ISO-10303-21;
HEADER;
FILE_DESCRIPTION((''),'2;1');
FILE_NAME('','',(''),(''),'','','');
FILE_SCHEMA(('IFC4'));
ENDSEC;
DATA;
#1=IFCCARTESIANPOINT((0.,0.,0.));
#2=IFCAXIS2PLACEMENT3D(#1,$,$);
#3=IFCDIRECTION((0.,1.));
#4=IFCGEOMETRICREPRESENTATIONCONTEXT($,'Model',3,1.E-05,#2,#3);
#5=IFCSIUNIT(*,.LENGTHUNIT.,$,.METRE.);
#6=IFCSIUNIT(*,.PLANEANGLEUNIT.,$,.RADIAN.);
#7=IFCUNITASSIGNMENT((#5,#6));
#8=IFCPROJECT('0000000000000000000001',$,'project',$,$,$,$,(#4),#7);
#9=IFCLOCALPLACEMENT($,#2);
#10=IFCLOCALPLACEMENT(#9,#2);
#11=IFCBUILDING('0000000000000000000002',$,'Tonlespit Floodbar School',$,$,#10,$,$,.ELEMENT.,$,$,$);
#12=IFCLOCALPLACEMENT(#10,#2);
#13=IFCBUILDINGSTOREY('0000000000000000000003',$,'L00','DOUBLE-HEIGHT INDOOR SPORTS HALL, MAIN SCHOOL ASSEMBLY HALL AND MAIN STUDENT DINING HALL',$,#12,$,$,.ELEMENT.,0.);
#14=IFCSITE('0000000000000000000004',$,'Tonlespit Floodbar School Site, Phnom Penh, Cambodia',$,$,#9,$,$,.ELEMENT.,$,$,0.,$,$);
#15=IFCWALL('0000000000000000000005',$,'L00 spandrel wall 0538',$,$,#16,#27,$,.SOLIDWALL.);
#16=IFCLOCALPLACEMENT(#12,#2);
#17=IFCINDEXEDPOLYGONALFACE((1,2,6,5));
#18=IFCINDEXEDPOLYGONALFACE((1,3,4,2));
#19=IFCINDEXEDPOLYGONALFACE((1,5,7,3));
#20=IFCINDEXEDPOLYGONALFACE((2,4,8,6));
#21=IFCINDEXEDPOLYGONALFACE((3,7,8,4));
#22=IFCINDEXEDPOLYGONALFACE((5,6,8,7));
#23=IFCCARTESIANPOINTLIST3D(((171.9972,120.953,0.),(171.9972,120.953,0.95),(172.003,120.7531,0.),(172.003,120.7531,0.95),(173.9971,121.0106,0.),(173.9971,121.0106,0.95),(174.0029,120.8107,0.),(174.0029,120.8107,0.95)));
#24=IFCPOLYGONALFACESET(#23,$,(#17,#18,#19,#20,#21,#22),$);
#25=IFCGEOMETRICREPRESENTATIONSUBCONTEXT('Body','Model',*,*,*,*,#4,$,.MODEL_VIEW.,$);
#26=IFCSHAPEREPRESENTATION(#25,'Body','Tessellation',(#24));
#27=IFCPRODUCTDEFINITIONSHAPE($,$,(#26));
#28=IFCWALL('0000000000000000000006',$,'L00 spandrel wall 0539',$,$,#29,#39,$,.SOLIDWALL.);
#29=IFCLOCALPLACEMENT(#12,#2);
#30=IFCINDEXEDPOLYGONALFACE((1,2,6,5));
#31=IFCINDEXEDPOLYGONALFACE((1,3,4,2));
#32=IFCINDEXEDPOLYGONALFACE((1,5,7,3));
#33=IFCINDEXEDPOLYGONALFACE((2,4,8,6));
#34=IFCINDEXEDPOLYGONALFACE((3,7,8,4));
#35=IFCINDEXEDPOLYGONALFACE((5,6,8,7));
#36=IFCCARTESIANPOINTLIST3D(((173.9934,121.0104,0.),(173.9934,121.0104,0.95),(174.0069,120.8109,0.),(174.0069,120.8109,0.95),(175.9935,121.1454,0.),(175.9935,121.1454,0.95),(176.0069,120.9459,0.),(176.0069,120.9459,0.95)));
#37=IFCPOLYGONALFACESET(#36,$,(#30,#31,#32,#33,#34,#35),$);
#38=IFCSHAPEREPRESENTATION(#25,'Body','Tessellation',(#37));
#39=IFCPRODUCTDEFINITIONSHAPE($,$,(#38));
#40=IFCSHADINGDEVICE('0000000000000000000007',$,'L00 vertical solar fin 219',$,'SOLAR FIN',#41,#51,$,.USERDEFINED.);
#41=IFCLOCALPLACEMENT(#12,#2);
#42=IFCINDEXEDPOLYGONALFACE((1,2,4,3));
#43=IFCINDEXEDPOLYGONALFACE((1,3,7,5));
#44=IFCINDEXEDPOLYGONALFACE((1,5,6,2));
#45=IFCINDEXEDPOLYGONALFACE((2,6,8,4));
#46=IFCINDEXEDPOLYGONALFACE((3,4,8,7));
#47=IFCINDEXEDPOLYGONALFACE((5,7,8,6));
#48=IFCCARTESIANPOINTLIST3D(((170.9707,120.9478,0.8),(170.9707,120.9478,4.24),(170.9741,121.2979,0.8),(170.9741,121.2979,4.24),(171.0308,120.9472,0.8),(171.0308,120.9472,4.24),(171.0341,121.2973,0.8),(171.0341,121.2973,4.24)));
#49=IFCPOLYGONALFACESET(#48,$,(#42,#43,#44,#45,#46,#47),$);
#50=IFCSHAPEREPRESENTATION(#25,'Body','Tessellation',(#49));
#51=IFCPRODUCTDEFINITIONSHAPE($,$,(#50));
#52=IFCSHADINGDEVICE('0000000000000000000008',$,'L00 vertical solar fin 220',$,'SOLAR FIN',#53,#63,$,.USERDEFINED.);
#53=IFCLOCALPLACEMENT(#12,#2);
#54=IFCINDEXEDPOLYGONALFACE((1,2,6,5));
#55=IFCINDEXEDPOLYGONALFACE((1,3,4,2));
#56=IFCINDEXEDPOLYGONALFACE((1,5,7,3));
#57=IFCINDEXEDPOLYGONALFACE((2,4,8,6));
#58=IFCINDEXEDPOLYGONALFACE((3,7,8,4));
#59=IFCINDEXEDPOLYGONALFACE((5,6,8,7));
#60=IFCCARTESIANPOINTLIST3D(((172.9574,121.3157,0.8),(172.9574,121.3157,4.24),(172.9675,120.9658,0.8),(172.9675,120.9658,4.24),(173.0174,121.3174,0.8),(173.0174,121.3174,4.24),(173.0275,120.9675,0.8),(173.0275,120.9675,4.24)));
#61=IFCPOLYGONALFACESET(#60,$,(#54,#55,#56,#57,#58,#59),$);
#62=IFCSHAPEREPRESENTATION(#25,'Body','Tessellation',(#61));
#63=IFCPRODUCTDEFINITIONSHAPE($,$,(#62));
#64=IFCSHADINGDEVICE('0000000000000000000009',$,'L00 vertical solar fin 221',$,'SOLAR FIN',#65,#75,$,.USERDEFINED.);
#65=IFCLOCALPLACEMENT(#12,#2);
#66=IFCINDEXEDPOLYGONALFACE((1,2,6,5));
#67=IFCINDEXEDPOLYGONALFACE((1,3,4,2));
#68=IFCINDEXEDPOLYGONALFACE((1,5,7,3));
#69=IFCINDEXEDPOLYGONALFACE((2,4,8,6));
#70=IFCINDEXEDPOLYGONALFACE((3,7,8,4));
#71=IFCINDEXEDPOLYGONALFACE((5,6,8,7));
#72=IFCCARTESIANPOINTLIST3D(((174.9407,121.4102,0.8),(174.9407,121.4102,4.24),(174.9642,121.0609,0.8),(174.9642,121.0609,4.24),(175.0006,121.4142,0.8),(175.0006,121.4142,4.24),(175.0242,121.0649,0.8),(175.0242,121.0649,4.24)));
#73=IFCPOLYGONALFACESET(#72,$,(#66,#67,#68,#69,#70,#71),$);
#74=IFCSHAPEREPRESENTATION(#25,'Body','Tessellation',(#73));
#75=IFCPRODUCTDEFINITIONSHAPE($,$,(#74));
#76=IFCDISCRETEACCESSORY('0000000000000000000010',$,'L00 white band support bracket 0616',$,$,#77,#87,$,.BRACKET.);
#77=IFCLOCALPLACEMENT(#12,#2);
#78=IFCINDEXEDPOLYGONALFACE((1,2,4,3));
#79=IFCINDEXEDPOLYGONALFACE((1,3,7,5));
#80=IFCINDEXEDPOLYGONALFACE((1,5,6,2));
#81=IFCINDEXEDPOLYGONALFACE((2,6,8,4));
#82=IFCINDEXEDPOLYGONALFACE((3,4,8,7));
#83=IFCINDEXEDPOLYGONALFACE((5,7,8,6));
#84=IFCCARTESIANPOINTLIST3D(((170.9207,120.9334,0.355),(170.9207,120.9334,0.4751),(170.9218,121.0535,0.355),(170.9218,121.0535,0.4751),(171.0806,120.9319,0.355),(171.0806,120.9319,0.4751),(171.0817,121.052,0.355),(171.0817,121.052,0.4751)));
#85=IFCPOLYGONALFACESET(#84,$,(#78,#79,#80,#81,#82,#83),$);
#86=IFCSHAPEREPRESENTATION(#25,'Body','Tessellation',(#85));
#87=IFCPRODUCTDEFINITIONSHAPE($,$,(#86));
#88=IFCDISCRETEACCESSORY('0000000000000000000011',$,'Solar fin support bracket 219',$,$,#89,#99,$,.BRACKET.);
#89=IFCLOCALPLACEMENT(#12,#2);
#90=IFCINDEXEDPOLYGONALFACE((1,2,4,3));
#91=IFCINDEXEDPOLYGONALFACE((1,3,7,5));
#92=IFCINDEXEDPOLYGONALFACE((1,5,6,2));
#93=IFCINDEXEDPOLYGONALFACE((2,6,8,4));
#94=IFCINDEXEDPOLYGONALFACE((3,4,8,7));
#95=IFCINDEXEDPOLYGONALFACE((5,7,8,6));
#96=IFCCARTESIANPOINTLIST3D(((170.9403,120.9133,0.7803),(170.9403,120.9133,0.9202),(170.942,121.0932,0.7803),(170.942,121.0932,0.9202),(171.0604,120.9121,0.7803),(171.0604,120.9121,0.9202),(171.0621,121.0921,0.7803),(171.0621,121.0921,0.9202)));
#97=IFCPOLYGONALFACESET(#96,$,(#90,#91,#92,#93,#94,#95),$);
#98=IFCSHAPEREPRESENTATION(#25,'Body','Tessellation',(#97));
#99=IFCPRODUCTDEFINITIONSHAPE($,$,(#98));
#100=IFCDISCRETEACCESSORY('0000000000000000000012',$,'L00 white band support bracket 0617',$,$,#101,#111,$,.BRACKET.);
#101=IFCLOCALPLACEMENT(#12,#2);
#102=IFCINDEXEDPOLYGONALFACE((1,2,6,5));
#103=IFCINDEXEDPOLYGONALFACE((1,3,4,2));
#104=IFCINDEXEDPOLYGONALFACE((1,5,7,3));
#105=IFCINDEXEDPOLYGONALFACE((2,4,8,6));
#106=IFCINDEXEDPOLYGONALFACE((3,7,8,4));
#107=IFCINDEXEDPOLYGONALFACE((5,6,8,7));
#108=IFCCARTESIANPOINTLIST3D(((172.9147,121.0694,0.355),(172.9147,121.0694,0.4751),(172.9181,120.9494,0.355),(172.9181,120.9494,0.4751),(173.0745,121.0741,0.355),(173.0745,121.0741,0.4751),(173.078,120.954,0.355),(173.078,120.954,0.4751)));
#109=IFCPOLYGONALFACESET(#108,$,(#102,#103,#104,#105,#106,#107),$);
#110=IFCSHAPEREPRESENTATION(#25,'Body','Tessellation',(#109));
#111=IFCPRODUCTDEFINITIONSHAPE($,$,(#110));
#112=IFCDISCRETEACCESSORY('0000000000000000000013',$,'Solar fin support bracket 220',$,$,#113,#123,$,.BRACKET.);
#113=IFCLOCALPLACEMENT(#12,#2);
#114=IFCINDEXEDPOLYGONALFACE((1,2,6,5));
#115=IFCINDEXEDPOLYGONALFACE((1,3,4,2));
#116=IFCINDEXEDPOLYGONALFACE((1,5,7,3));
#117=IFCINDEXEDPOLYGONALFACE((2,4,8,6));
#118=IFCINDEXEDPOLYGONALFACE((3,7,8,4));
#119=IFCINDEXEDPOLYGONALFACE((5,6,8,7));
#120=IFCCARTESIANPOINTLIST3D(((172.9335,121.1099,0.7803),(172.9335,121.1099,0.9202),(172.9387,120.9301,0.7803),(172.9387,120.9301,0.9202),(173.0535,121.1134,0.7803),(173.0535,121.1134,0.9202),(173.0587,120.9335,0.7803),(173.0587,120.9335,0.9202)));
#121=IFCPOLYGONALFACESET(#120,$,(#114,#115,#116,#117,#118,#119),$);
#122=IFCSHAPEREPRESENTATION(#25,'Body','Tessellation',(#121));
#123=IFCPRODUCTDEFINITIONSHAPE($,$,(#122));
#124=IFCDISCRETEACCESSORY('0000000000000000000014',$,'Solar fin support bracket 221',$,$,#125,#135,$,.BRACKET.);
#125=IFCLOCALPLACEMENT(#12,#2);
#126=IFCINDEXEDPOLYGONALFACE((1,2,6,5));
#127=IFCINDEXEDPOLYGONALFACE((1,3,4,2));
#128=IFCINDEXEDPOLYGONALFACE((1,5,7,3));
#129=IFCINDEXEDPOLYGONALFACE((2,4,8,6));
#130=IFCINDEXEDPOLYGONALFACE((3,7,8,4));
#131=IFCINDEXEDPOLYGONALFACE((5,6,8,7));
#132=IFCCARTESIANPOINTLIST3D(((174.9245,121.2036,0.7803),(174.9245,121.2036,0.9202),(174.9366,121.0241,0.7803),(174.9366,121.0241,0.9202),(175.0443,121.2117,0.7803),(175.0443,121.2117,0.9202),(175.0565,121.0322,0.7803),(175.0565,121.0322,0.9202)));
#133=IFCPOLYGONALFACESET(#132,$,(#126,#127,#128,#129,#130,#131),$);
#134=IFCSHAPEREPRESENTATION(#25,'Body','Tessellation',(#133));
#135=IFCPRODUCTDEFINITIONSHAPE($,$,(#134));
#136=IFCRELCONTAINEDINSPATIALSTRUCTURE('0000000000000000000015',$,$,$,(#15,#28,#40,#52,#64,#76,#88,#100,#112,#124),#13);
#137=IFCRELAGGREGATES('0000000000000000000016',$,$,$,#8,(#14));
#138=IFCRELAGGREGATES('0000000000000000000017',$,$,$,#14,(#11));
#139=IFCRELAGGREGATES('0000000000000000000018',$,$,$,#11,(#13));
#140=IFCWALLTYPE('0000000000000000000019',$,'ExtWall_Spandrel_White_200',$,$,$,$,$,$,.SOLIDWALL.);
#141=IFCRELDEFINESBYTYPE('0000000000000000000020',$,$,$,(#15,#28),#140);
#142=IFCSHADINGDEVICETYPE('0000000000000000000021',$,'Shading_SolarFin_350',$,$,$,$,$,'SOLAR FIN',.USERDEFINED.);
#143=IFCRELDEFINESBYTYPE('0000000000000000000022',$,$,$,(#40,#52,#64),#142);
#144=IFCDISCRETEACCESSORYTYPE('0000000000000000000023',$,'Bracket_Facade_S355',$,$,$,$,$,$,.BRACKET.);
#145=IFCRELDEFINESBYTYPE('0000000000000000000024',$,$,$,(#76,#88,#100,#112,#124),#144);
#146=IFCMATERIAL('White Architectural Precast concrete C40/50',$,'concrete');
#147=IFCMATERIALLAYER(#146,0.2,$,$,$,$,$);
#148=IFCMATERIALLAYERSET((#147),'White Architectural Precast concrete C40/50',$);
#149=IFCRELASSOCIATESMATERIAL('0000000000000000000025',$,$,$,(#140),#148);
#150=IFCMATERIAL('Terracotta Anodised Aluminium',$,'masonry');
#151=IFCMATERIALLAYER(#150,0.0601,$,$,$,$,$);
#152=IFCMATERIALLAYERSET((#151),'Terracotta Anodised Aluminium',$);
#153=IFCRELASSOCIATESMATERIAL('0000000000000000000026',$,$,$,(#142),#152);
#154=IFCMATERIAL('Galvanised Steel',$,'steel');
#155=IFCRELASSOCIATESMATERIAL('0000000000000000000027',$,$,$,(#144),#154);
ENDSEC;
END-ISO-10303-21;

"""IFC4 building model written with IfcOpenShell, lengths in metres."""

from ifc_helpers import new_model, si_unit, direction, frame, frame_2d, origin, origin_2d, place, context, subcontext, project, spatial, rectangle, extrude, material, layer, layer_set, type_object, element, save


model = new_model("IFC4")

# Units and contexts
model_context = context("Model", 3, precision=1e-05, world=origin(), true_north=direction((0.0, 1.0)))
body_context = subcontext(model_context, "Body", "Model", "MODEL_VIEW")
ifc_project = project(units=[si_unit("LENGTHUNIT", "METRE"), si_unit("PLANEANGLEUNIT", "RADIAN")], contexts=[model_context])

# Site, building, storey
site_placement = place(None, origin())
site = spatial("IfcSite", under=ifc_project, at=site_placement, Name="Tonlespit Floodbar School Site, Phnom Penh, Cambodia", CompositionType="ELEMENT", RefElevation=0.0)
building_placement = place(site_placement, origin())
building = spatial("IfcBuilding", under=site, at=building_placement, Name="Tonlespit Floodbar School", CompositionType="ELEMENT")
storey_placement = place(building_placement, origin())
storey = spatial("IfcBuildingStorey", under=building, at=storey_placement, Name="L00", Description="DOUBLE-HEIGHT INDOOR SPORTS HALL, MAIN SCHOOL ASSEMBLY HALL AND MAIN STUDENT DINING HALL", CompositionType="ELEMENT", Elevation=0.0)

# Walls
ifc_material_1 = material(Name="White Architectural Precast concrete C40/50", Category="concrete")
ifc_layer_1 = layer(ifc_material_1, 0.2)
ifc_layer_set_1 = layer_set([ifc_layer_1], Name="White Architectural Precast concrete C40/50")
wall_type = type_object("IfcWallType", Name="ExtWall_Spandrel_White_200", PredefinedType="SOLIDWALL", material=ifc_layer_set_1)
wall_1_placement = place(storey_placement, frame((172.0, 120.853, 0.0), z_axis=(0.0, 0.0, 1.0), x_axis=(0.999585, 0.028797, 0.0)))
element("IfcWall", 1, at=wall_1_placement, inside=storey, type_object=wall_type, Name="L00 spandrel wall 0538", PredefinedType="SOLIDWALL", context=body_context, shape_type="SweptSolid", body=[
    extrude(rectangle(XDim=2.0007, YDim=0.2, at=frame_2d((1.0005, 0.0))), origin(), (0.0, 0.0, 1.0), 0.95),
])
wall_2_placement = place(storey_placement, frame((174.0, 120.9106, 0.0), z_axis=(0.0, 0.0, 1.0), x_axis=(0.997729, 0.067352, 0.0)))
element("IfcWall", 2, at=wall_2_placement, inside=storey, type_object=wall_type, Name="L00 spandrel wall 0539", PredefinedType="SOLIDWALL", context=body_context, shape_type="SweptSolid", body=[
    extrude(rectangle(XDim=2.0046, YDim=0.2, at=frame_2d((1.0024, 0.0))), origin(), (0.0, 0.0, 1.0), 0.95),
])

# Shading devices
ifc_material_2 = material(Name="Terracotta Anodised Aluminium", Category="masonry")
ifc_layer_2 = layer(ifc_material_2, 0.0601)
ifc_layer_set_2 = layer_set([ifc_layer_2], Name="Terracotta Anodised Aluminium")
shading_device_type = type_object("IfcShadingDeviceType", Name="Shading_SolarFin_350", ElementType="SOLAR FIN", PredefinedType="USERDEFINED", material=ifc_layer_set_2)
for number, where, z_axis, x_axis, name in (
    (3, (171.0024, 121.1226, 0.8), (0.0, 0.0, 1.0), (0.999954, -0.009599, 0.0), "L00 vertical solar fin 219"),
    (4, (172.9924, 121.1416, 0.8), (0.0, 0.0, 1.0), (0.999584, 0.028838, 0.0), "L00 vertical solar fin 220"),
    (5, (174.9824, 121.2375, 0.8), (0.0, 0.0, 1.0), (0.99773, 0.067347, 0.0), "L00 vertical solar fin 221"),
):
    element("IfcShadingDevice", number, at=place(storey_placement, frame(where, z_axis=z_axis, x_axis=x_axis)), inside=storey, type_object=shading_device_type, Name=name, ObjectType="SOLAR FIN", PredefinedType="USERDEFINED", context=body_context, shape_type="SweptSolid", body=[
        extrude(rectangle(XDim=0.0601, YDim=0.3501, at=origin_2d()), origin(), (0.0, 0.0, 1.0), 3.4399),
    ])

# Discrete accessories
ifc_material_3 = material(Name="Galvanised Steel", Category="steel")
discrete_accessory_type = type_object("IfcDiscreteAccessoryType", Name="Bracket_Facade_S355", PredefinedType="BRACKET", material=ifc_material_3)
discrete_accessory_1_placement = place(storey_placement, frame((171.0012, 120.9927, 0.355), z_axis=(0.0, 0.0, 1.0), x_axis=(0.999954, -0.009599, 0.0)))
element("IfcDiscreteAccessory", 6, at=discrete_accessory_1_placement, inside=storey, type_object=discrete_accessory_type, Name="L00 white band support bracket 0616", PredefinedType="BRACKET", context=body_context, shape_type="SweptSolid", body=[
    extrude(rectangle(XDim=0.1599, YDim=0.1201, at=origin_2d()), origin(), (0.0, 0.0, 1.0), 0.1201),
])
discrete_accessory_2_placement = place(storey_placement, frame((171.0012, 121.0027, 0.7803), z_axis=(0.0, 0.0, 1.0), x_axis=(0.999954, -0.009599, 0.0)))
element("IfcDiscreteAccessory", 7, at=discrete_accessory_2_placement, inside=storey, type_object=discrete_accessory_type, Name="Solar fin support bracket 219", PredefinedType="BRACKET", context=body_context, shape_type="SweptSolid", body=[
    extrude(rectangle(XDim=0.1201, YDim=0.1799, at=origin_2d()), origin(), (0.0, 0.0, 1.0), 0.1399),
])
discrete_accessory_3_placement = place(storey_placement, frame((172.9963, 121.0117, 0.355), z_axis=(0.0, 0.0, 1.0), x_axis=(0.999584, 0.028838, 0.0)))
element("IfcDiscreteAccessory", 8, at=discrete_accessory_3_placement, inside=storey, type_object=discrete_accessory_type, Name="L00 white band support bracket 0617", PredefinedType="BRACKET", context=body_context, shape_type="SweptSolid", body=[
    extrude(rectangle(XDim=0.1599, YDim=0.1201, at=origin_2d()), origin(), (0.0, 0.0, 1.0), 0.1201),
])
for number, where, z_axis, x_axis, name in (
    (9, (172.9961, 121.0217, 0.7803), (0.0, 0.0, 1.0), (0.999584, 0.028838, 0.0), "Solar fin support bracket 220"),
    (10, (174.9905, 121.1179, 0.7803), (0.0, 0.0, 1.0), (0.99773, 0.067347, 0.0), "Solar fin support bracket 221"),
):
    element("IfcDiscreteAccessory", number, at=place(storey_placement, frame(where, z_axis=z_axis, x_axis=x_axis)), inside=storey, type_object=discrete_accessory_type, Name=name, PredefinedType="BRACKET", context=body_context, shape_type="SweptSolid", body=[
        extrude(rectangle(XDim=0.1201, YDim=0.1799, at=origin_2d()), origin(), (0.0, 0.0, 1.0), 0.1399),
    ])

save(model, "model.ifc")
